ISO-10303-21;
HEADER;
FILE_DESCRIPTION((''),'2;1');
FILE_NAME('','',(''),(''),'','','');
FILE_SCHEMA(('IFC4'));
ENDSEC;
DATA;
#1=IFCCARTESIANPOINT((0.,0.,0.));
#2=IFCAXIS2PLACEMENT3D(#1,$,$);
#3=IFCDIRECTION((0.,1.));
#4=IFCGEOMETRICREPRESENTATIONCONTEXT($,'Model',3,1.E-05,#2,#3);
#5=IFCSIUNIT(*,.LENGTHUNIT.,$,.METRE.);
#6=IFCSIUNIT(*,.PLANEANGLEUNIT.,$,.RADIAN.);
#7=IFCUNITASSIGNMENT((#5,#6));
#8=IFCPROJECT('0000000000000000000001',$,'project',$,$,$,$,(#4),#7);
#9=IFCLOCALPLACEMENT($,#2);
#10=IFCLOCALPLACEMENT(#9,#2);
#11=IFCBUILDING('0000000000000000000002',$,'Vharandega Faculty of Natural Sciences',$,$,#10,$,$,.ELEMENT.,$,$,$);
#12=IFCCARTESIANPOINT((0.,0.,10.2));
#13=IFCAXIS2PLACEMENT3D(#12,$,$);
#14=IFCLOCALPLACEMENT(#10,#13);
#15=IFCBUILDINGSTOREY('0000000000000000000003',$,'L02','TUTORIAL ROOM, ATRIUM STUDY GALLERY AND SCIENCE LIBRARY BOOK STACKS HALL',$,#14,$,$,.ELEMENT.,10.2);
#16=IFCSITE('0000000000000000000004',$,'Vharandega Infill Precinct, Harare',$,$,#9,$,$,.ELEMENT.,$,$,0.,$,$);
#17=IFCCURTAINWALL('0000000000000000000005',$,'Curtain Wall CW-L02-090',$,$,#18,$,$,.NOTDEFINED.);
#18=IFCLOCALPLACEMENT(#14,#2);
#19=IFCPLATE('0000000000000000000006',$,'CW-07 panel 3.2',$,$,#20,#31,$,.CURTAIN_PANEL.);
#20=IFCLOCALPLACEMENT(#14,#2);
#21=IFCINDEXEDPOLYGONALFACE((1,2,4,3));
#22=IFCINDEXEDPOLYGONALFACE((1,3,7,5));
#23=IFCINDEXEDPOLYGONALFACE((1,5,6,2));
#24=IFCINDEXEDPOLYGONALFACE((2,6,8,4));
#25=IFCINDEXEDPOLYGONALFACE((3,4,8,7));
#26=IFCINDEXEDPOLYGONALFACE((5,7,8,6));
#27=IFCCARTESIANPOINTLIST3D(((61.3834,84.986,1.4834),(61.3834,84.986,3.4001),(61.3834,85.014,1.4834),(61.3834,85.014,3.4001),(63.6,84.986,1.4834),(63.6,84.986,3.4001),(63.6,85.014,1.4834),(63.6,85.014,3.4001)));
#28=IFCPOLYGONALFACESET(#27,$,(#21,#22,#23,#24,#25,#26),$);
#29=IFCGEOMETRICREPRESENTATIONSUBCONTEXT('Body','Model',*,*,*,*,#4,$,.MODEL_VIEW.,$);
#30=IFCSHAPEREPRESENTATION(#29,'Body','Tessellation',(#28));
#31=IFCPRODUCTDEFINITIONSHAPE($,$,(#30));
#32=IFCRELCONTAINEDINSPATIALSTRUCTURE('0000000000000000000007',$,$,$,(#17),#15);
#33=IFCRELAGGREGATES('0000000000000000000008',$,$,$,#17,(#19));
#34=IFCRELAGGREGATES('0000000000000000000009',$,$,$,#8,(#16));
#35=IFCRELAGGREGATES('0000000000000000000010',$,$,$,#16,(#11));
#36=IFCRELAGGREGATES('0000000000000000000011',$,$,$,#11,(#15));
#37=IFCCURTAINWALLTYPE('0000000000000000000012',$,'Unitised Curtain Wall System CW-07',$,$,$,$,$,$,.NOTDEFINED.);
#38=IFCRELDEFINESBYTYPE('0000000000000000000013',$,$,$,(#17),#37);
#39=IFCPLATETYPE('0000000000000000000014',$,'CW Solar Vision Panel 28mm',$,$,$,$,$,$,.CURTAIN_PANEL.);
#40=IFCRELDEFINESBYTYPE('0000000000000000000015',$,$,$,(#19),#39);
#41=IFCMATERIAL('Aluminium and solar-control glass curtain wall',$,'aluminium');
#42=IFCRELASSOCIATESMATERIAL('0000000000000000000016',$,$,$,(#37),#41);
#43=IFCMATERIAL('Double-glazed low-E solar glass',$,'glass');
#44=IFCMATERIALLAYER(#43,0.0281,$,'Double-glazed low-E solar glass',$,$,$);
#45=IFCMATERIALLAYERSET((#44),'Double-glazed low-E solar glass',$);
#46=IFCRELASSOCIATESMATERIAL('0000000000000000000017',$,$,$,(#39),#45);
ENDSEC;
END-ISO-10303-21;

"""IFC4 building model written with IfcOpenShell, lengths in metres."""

from ifc_helpers import new_model, si_unit, direction, frame, origin, origin_2d, place, context, subcontext, project, spatial, rectangle, extrude, material, layer, layer_set, type_object, element, aggregate, save


model = new_model("IFC4")

# Units and contexts
model_context = context("Model", 3, precision=1e-05, world=origin(), true_north=direction((0.0, 1.0)))
body_context = subcontext(model_context, "Body", "Model", "MODEL_VIEW")
ifc_project = project(units=[si_unit("LENGTHUNIT", "METRE"), si_unit("PLANEANGLEUNIT", "RADIAN")], contexts=[model_context])

# Site, building, storey
site_placement = place(None, origin())
site = spatial("IfcSite", under=ifc_project, at=site_placement, Name="Vharandega Infill Precinct, Harare", CompositionType="ELEMENT", RefElevation=0.0)
building_placement = place(site_placement, origin())
building = spatial("IfcBuilding", under=site, at=building_placement, Name="Vharandega Faculty of Natural Sciences", CompositionType="ELEMENT")
storey_placement = place(building_placement, frame((0.0, 0.0, 10.2)))
storey = spatial("IfcBuildingStorey", under=building, at=storey_placement, Name="L02", Description="TUTORIAL ROOM, ATRIUM STUDY GALLERY AND SCIENCE LIBRARY BOOK STACKS HALL", CompositionType="ELEMENT", Elevation=10.2)

# Curtain wall
ifc_material_1 = material(Name="Aluminium and solar-control glass curtain wall", Category="aluminium")
curtain_wall_type_1 = type_object("IfcCurtainWallType", Name="Unitised Curtain Wall System CW-07", PredefinedType="NOTDEFINED", material=ifc_material_1)
curtain_wall_1_placement = place(storey_placement, origin())
curtain_wall_1 = element("IfcCurtainWall", 1, at=curtain_wall_1_placement, inside=storey, type_object=curtain_wall_type_1, Name="Curtain Wall CW-L02-090", PredefinedType="NOTDEFINED")

# Plate
ifc_material_2 = material(Name="Double-glazed low-E solar glass", Category="glass")
ifc_layer = layer(ifc_material_2, 0.0281, Name="Double-glazed low-E solar glass")
ifc_layer_set = layer_set([ifc_layer], Name="Double-glazed low-E solar glass")
plate_type = type_object("IfcPlateType", Name="CW Solar Vision Panel 28mm", PredefinedType="CURTAIN_PANEL", material=ifc_layer_set)
plate_1_placement = place(storey_placement, frame((62.4917, 85.0, 1.4834), z_axis=(0.0, 0.0, 1.0), x_axis=(1.0, 0.0, 0.0)))
plate_1 = element("IfcPlate", 2, at=plate_1_placement, type_object=plate_type, Name="CW-07 panel 3.2", PredefinedType="CURTAIN_PANEL", context=body_context, shape_type="SweptSolid", body=[
    extrude(rectangle(XDim=2.2166, YDim=0.0281, at=origin_2d()), origin(), (0.0, 0.0, 1.0), 1.9167),
])
aggregate(curtain_wall_1, [plate_1])

save(model, "model.ifc")
